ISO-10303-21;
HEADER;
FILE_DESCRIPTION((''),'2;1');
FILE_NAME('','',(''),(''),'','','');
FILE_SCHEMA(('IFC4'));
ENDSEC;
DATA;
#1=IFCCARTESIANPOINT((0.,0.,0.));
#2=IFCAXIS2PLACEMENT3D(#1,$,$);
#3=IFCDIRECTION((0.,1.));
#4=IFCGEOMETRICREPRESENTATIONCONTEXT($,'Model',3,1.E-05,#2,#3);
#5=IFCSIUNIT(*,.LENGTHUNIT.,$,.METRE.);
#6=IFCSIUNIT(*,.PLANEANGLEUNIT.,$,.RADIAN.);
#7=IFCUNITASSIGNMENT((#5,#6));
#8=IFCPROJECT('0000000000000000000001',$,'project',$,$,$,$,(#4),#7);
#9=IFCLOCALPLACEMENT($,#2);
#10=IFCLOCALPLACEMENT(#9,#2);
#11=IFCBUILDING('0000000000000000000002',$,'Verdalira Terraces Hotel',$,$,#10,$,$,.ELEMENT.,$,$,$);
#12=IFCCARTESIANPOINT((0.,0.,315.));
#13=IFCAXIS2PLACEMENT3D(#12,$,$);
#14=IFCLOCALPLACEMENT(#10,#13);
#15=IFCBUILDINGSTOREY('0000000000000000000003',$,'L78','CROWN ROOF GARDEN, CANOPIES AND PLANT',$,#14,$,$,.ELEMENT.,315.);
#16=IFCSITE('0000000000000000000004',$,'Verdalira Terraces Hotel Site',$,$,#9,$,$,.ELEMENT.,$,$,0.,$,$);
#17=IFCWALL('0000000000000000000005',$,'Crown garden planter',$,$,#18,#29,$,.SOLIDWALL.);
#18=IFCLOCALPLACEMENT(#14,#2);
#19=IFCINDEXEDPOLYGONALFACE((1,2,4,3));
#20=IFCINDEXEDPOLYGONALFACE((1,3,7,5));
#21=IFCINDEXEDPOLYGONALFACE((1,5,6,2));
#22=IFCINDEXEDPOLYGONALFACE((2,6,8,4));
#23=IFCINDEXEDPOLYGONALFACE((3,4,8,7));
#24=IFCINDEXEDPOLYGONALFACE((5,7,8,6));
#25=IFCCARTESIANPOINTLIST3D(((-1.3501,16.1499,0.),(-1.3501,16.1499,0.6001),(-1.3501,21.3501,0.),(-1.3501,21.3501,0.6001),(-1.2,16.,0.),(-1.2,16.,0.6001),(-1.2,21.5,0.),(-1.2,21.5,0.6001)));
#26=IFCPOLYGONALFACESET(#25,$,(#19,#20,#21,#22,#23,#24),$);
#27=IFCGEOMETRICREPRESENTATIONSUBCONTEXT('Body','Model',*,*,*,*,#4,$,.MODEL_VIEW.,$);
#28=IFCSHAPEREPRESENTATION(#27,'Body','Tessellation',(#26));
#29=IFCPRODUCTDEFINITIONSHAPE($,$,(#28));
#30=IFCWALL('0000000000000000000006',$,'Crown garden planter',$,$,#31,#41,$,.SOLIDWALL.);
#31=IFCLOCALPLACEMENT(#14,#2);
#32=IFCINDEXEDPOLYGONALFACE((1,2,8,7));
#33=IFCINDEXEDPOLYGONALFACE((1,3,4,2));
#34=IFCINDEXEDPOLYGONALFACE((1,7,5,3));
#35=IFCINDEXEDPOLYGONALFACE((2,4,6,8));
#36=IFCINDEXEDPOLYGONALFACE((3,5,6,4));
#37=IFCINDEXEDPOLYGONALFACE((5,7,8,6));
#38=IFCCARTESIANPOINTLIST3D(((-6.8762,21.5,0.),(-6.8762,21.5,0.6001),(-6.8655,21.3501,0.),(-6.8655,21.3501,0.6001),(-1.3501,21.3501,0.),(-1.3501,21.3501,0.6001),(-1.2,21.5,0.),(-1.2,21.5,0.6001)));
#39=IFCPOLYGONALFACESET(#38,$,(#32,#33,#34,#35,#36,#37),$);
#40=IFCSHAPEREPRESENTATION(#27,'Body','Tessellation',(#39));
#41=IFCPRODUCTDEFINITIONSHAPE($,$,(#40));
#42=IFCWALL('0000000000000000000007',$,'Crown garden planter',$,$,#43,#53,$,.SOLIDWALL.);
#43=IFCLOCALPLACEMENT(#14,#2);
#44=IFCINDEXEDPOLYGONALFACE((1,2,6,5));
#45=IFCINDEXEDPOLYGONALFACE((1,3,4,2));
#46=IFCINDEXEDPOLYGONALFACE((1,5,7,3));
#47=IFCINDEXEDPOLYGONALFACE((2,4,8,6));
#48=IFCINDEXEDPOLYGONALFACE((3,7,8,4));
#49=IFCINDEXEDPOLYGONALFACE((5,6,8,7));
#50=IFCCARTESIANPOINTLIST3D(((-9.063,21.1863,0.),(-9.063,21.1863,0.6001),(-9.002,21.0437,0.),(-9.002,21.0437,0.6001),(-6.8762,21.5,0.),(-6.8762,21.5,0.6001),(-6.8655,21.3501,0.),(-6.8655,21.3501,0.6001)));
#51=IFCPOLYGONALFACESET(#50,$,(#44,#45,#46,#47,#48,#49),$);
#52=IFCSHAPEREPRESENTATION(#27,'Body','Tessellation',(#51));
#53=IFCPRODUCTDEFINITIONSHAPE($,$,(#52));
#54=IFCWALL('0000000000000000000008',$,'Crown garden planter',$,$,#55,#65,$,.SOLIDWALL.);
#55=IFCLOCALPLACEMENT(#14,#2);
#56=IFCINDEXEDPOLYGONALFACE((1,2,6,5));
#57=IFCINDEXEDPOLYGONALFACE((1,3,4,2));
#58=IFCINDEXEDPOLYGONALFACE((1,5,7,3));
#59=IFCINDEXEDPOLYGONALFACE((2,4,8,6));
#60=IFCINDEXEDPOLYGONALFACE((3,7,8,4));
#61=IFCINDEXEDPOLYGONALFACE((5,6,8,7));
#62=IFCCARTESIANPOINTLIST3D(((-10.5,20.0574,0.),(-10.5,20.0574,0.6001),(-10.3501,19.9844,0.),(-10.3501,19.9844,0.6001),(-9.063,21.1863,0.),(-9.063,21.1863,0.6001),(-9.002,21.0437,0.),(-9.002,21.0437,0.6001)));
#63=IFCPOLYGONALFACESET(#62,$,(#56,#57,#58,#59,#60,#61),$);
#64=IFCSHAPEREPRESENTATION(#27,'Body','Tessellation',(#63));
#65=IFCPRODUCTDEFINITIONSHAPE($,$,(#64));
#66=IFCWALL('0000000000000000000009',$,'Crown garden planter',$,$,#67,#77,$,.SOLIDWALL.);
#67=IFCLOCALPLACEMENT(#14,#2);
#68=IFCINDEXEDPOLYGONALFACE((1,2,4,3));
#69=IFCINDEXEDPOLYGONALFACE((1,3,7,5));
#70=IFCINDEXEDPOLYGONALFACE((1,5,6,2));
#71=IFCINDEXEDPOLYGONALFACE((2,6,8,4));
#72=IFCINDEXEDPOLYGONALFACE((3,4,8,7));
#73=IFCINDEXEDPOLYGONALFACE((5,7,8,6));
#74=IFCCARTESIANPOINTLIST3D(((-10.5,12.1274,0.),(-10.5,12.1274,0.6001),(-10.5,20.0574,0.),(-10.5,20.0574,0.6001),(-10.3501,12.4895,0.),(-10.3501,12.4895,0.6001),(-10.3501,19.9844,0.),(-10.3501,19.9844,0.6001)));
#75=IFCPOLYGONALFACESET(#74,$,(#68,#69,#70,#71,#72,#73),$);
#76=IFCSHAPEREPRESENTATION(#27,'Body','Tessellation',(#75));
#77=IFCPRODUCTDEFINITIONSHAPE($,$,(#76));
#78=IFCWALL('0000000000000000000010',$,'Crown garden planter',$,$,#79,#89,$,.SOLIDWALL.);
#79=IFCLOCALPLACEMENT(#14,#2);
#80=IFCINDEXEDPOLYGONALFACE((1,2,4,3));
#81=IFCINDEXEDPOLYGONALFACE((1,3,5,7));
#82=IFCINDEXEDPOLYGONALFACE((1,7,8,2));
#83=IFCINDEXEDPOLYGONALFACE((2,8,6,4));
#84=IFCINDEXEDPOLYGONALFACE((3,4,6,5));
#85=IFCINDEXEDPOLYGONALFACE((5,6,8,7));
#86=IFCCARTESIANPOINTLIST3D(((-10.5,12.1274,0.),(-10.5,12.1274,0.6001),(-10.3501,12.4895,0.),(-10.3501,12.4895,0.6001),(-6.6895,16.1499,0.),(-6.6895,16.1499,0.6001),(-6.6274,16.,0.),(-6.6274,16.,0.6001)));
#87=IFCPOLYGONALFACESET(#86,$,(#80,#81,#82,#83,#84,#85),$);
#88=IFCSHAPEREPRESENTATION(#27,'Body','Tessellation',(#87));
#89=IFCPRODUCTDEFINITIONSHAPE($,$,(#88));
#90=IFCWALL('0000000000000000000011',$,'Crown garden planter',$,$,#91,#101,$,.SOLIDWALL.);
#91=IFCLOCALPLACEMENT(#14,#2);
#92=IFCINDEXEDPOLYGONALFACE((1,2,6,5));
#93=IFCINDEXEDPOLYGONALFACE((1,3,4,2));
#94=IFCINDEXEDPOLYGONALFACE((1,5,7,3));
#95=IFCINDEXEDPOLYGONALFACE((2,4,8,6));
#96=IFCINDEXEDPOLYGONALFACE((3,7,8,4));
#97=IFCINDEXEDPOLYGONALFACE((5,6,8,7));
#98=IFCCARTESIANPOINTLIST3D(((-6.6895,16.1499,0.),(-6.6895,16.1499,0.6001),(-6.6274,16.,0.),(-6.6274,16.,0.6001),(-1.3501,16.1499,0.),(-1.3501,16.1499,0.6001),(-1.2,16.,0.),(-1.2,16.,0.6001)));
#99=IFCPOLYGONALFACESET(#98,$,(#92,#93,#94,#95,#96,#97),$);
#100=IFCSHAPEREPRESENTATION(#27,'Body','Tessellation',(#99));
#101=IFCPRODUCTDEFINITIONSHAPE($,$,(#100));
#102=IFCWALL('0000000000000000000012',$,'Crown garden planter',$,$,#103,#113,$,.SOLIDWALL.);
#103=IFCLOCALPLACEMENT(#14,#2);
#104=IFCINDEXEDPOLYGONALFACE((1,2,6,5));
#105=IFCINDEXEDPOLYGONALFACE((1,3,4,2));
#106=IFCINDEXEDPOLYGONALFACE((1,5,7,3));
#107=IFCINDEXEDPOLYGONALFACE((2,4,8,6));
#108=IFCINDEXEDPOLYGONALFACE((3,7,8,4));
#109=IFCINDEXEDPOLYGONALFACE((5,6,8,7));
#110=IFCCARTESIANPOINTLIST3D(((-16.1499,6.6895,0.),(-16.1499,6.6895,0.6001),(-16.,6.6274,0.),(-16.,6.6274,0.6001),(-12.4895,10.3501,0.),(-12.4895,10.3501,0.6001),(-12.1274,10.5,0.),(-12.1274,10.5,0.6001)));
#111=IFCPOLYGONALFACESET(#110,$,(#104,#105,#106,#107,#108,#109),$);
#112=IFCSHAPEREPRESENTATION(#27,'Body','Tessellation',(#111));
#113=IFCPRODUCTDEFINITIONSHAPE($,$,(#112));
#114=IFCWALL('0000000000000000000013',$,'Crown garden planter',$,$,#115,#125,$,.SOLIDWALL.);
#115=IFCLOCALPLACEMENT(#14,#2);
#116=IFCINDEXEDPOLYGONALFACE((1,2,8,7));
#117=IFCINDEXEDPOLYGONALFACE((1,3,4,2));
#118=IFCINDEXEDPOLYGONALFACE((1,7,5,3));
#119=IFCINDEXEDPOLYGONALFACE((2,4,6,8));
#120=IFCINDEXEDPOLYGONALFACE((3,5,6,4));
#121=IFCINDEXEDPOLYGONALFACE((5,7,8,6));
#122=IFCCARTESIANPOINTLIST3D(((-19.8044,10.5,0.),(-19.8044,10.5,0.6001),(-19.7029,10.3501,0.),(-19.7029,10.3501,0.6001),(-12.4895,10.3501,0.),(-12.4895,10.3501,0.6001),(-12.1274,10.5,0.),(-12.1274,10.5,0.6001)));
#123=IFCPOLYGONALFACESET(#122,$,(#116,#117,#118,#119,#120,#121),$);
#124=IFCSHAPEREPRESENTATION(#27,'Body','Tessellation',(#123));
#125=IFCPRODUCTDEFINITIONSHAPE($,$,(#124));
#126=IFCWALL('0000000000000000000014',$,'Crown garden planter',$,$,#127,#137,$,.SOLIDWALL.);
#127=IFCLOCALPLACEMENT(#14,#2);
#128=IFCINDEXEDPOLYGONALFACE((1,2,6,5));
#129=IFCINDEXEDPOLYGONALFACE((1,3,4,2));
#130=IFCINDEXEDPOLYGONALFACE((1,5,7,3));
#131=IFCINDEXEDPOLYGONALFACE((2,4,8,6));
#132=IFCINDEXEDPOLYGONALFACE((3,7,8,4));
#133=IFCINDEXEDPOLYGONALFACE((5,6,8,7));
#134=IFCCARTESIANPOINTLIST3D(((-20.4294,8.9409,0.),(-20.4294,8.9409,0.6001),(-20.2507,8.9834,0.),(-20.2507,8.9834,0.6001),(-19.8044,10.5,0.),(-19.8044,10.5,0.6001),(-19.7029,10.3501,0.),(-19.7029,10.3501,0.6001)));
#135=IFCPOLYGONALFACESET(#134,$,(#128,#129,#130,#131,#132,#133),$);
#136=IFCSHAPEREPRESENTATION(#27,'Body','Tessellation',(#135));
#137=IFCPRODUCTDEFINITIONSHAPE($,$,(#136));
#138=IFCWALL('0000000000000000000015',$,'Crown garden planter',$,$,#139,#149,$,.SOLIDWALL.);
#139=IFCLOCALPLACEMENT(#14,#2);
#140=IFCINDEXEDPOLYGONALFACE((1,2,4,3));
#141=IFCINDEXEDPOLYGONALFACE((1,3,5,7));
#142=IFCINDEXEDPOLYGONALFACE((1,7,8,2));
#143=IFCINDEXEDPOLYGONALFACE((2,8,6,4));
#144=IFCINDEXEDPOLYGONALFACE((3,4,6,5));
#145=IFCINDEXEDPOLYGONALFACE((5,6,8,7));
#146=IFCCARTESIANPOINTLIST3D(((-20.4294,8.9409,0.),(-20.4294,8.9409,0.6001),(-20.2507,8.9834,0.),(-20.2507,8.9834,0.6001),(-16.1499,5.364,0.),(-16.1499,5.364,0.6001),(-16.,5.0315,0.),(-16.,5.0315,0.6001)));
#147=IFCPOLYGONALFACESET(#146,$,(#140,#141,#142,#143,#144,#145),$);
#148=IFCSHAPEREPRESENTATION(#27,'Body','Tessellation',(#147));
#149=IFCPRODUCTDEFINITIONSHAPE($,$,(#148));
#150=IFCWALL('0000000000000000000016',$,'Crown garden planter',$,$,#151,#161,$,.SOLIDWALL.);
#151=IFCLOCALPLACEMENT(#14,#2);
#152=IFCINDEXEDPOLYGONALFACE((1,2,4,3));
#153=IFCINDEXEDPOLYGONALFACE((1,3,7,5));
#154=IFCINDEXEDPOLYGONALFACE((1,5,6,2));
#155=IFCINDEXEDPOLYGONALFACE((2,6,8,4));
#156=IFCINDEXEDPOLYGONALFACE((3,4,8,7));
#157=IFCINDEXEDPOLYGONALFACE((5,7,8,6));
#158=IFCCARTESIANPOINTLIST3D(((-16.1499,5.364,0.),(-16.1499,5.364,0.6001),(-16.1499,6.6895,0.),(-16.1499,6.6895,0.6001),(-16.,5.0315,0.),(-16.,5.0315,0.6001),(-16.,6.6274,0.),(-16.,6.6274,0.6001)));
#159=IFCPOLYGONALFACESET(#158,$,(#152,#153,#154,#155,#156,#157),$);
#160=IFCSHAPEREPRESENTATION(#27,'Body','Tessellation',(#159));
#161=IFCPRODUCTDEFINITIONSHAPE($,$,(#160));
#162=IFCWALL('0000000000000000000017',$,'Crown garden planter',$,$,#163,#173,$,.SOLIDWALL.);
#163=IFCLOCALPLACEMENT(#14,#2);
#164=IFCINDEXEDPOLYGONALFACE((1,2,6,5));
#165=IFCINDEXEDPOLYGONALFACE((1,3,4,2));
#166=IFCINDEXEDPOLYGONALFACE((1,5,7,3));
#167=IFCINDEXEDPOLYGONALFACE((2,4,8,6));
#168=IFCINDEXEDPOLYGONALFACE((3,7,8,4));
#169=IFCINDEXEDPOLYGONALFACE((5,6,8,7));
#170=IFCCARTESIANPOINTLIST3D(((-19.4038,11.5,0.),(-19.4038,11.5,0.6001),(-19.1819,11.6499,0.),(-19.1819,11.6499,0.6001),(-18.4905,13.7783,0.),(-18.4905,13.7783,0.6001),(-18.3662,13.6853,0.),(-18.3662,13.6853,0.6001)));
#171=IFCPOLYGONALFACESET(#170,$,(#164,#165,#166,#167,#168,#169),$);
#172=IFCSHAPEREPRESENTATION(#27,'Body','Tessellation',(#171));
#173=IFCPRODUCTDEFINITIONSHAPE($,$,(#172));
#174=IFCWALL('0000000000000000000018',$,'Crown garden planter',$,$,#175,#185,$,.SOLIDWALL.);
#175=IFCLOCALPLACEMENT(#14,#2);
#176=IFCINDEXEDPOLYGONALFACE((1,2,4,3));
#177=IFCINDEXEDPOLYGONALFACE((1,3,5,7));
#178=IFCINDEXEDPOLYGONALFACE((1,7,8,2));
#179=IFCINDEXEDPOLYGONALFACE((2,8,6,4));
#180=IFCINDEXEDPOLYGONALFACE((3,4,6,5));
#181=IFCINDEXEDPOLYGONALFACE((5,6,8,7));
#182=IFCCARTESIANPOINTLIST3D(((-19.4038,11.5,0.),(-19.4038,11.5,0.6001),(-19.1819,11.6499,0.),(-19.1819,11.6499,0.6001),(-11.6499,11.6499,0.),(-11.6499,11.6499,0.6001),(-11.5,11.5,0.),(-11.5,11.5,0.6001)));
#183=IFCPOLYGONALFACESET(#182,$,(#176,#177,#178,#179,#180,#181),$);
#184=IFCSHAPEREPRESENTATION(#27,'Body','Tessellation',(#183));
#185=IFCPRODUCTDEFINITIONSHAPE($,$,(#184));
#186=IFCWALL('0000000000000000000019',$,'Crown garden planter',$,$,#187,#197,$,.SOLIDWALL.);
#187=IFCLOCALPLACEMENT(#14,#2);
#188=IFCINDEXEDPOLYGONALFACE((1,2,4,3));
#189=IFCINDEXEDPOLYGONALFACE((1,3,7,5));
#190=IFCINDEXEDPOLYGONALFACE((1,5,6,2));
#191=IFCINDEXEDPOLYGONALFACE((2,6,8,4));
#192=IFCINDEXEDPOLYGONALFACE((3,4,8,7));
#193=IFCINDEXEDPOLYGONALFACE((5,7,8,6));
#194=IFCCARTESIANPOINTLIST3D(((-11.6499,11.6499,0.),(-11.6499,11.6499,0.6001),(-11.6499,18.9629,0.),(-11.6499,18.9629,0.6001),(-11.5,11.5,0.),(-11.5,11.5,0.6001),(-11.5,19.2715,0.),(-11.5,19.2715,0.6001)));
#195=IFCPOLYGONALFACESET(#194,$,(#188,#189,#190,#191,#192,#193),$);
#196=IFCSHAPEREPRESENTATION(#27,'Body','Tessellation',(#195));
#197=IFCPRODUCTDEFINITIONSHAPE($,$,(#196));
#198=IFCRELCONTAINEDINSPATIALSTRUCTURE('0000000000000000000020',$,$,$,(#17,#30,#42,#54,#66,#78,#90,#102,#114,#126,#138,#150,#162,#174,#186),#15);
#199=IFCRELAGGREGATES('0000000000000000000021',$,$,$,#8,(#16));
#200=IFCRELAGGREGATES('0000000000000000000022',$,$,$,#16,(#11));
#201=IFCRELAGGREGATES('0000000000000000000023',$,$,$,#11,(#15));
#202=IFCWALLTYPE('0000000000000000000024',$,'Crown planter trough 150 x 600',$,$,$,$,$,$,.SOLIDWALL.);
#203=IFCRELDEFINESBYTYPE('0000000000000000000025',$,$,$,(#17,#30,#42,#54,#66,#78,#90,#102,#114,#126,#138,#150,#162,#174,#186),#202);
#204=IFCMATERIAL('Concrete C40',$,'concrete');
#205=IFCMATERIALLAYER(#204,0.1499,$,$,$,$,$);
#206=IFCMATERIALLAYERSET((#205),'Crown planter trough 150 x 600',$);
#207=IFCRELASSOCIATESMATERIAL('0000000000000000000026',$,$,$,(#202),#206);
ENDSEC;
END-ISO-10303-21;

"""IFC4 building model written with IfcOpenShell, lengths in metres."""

from ifc_helpers import new_model, si_unit, direction, frame, origin, place, context, subcontext, project, spatial, polyline, outline, extrude, material, layer, layer_set, type_object, element, save


model = new_model("IFC4")

# Units and contexts
model_context = context("Model", 3, precision=1e-05, world=origin(), true_north=direction((0.0, 1.0)))
body_context = subcontext(model_context, "Body", "Model", "MODEL_VIEW")
ifc_project = project(units=[si_unit("LENGTHUNIT", "METRE"), si_unit("PLANEANGLEUNIT", "RADIAN")], contexts=[model_context])

# Site, building, storey
site_placement = place(None, origin())
site = spatial("IfcSite", under=ifc_project, at=site_placement, Name="Verdalira Terraces Hotel Site", CompositionType="ELEMENT", RefElevation=0.0)
building_placement = place(site_placement, origin())
building = spatial("IfcBuilding", under=site, at=building_placement, Name="Verdalira Terraces Hotel", CompositionType="ELEMENT")
storey_placement = place(building_placement, frame((0.0, 0.0, 315.0)))
storey = spatial("IfcBuildingStorey", under=building, at=storey_placement, Name="L78", Description="CROWN ROOF GARDEN, CANOPIES AND PLANT", CompositionType="ELEMENT", Elevation=315.0)

# Walls
ifc_material_1 = material(Name="Concrete C40", Category="concrete")
ifc_layer_1 = layer(ifc_material_1, 0.1499)
ifc_layer_set_1 = layer_set([ifc_layer_1], Name="Crown planter trough 150 x 600")
wall_type_1 = type_object("IfcWallType", Name="Crown planter trough 150 x 600", PredefinedType="SOLIDWALL", material=ifc_layer_set_1)
wall_1_placement = place(storey_placement, origin())
element("IfcWall", 1, at=wall_1_placement, inside=storey, type_object=wall_type_1, Name="Crown garden planter", PredefinedType="SOLIDWALL", context=body_context, shape_type="SweptSolid", body=[
    extrude(outline(polyline([(-1.2, 16.0), (-1.2, 21.5), (-1.3501, 21.3501), (-1.3501, 16.1499), (-1.2, 16.0)])), origin(), (0.0, 0.0, 1.0), 0.6001),
])
wall_2_placement = place(storey_placement, origin())
element("IfcWall", 2, at=wall_2_placement, inside=storey, type_object=wall_type_1, Name="Crown garden planter", PredefinedType="SOLIDWALL", context=body_context, shape_type="SweptSolid", body=[
    extrude(outline(polyline([(-1.2, 21.5), (-6.8762, 21.5), (-6.8655, 21.3501), (-1.3501, 21.3501), (-1.2, 21.5)])), origin(), (0.0, 0.0, 1.0), 0.6001),
])
wall_3_placement = place(storey_placement, origin())
element("IfcWall", 3, at=wall_3_placement, inside=storey, type_object=wall_type_1, Name="Crown garden planter", PredefinedType="SOLIDWALL", context=body_context, shape_type="SweptSolid", body=[
    extrude(outline(polyline([(-6.8762, 21.5), (-9.063, 21.1863), (-9.002, 21.0437), (-6.8655, 21.3501), (-6.8762, 21.5)])), origin(), (0.0, 0.0, 1.0), 0.6001),
])
wall_4_placement = place(storey_placement, origin())
element("IfcWall", 4, at=wall_4_placement, inside=storey, type_object=wall_type_1, Name="Crown garden planter", PredefinedType="SOLIDWALL", context=body_context, shape_type="SweptSolid", body=[
    extrude(outline(polyline([(-9.063, 21.1863), (-10.5, 20.0574), (-10.3501, 19.9844), (-9.002, 21.0437), (-9.063, 21.1863)])), origin(), (0.0, 0.0, 1.0), 0.6001),
])
wall_5_placement = place(storey_placement, origin())
element("IfcWall", 5, at=wall_5_placement, inside=storey, type_object=wall_type_1, Name="Crown garden planter", PredefinedType="SOLIDWALL", context=body_context, shape_type="SweptSolid", body=[
    extrude(outline(polyline([(-10.5, 20.0574), (-10.5, 12.1274), (-10.3501, 12.4895), (-10.3501, 19.9844), (-10.5, 20.0574)])), origin(), (0.0, 0.0, 1.0), 0.6001),
])
wall_6_placement = place(storey_placement, origin())
element("IfcWall", 6, at=wall_6_placement, inside=storey, type_object=wall_type_1, Name="Crown garden planter", PredefinedType="SOLIDWALL", context=body_context, shape_type="SweptSolid", body=[
    extrude(outline(polyline([(-10.5, 12.1274), (-6.6274, 16.0), (-6.6895, 16.1499), (-10.3501, 12.4895), (-10.5, 12.1274)])), origin(), (0.0, 0.0, 1.0), 0.6001),
])
wall_7_placement = place(storey_placement, origin())
element("IfcWall", 7, at=wall_7_placement, inside=storey, type_object=wall_type_1, Name="Crown garden planter", PredefinedType="SOLIDWALL", context=body_context, shape_type="SweptSolid", body=[
    extrude(outline(polyline([(-6.6274, 16.0), (-1.2, 16.0), (-1.3501, 16.1499), (-6.6895, 16.1499), (-6.6274, 16.0)])), origin(), (0.0, 0.0, 1.0), 0.6001),
])
wall_8_placement = place(storey_placement, origin())
element("IfcWall", 8, at=wall_8_placement, inside=storey, type_object=wall_type_1, Name="Crown garden planter", PredefinedType="SOLIDWALL", context=body_context, shape_type="SweptSolid", body=[
    extrude(outline(polyline([(-16.0, 6.6274), (-12.1274, 10.5), (-12.4895, 10.3501), (-16.1499, 6.6895), (-16.0, 6.6274)])), origin(), (0.0, 0.0, 1.0), 0.6001),
])
wall_9_placement = place(storey_placement, origin())
element("IfcWall", 9, at=wall_9_placement, inside=storey, type_object=wall_type_1, Name="Crown garden planter", PredefinedType="SOLIDWALL", context=body_context, shape_type="SweptSolid", body=[
    extrude(outline(polyline([(-12.1274, 10.5), (-19.8044, 10.5), (-19.7029, 10.3501), (-12.4895, 10.3501), (-12.1274, 10.5)])), origin(), (0.0, 0.0, 1.0), 0.6001),
])
wall_10_placement = place(storey_placement, origin())
element("IfcWall", 10, at=wall_10_placement, inside=storey, type_object=wall_type_1, Name="Crown garden planter", PredefinedType="SOLIDWALL", context=body_context, shape_type="SweptSolid", body=[
    extrude(outline(polyline([(-19.8044, 10.5), (-20.4294, 8.9409), (-20.2507, 8.9834), (-19.7029, 10.3501), (-19.8044, 10.5)])), origin(), (0.0, 0.0, 1.0), 0.6001),
])
wall_11_placement = place(storey_placement, origin())
element("IfcWall", 11, at=wall_11_placement, inside=storey, type_object=wall_type_1, Name="Crown garden planter", PredefinedType="SOLIDWALL", context=body_context, shape_type="SweptSolid", body=[
    extrude(outline(polyline([(-20.4294, 8.9409), (-16.0, 5.0315), (-16.1499, 5.364), (-20.2507, 8.9834), (-20.4294, 8.9409)])), origin(), (0.0, 0.0, 1.0), 0.6001),
])
wall_12_placement = place(storey_placement, origin())
element("IfcWall", 12, at=wall_12_placement, inside=storey, type_object=wall_type_1, Name="Crown garden planter", PredefinedType="SOLIDWALL", context=body_context, shape_type="SweptSolid", body=[
    extrude(outline(polyline([(-16.0, 5.0315), (-16.0, 6.6274), (-16.1499, 6.6895), (-16.1499, 5.364), (-16.0, 5.0315)])), origin(), (0.0, 0.0, 1.0), 0.6001),
])
wall_13_placement = place(storey_placement, origin())
element("IfcWall", 13, at=wall_13_placement, inside=storey, type_object=wall_type_1, Name="Crown garden planter", PredefinedType="SOLIDWALL", context=body_context, shape_type="SweptSolid", body=[
    extrude(outline(polyline([(-18.4905, 13.7783), (-19.4038, 11.5), (-19.1819, 11.6499), (-18.3662, 13.6853), (-18.4905, 13.7783)])), origin(), (0.0, 0.0, 1.0), 0.6001),
])
wall_14_placement = place(storey_placement, origin())
element("IfcWall", 14, at=wall_14_placement, inside=storey, type_object=wall_type_1, Name="Crown garden planter", PredefinedType="SOLIDWALL", context=body_context, shape_type="SweptSolid", body=[
    extrude(outline(polyline([(-19.4038, 11.5), (-11.5, 11.5), (-11.6499, 11.6499), (-19.1819, 11.6499), (-19.4038, 11.5)])), origin(), (0.0, 0.0, 1.0), 0.6001),
])
wall_15_placement = place(storey_placement, origin())
element("IfcWall", 15, at=wall_15_placement, inside=storey, type_object=wall_type_1, Name="Crown garden planter", PredefinedType="SOLIDWALL", context=body_context, shape_type="SweptSolid", body=[
    extrude(outline(polyline([(-11.5, 11.5), (-11.5, 19.2715), (-11.6499, 18.9629), (-11.6499, 11.6499), (-11.5, 11.5)])), origin(), (0.0, 0.0, 1.0), 0.6001),
])

save(model, "model.ifc")
